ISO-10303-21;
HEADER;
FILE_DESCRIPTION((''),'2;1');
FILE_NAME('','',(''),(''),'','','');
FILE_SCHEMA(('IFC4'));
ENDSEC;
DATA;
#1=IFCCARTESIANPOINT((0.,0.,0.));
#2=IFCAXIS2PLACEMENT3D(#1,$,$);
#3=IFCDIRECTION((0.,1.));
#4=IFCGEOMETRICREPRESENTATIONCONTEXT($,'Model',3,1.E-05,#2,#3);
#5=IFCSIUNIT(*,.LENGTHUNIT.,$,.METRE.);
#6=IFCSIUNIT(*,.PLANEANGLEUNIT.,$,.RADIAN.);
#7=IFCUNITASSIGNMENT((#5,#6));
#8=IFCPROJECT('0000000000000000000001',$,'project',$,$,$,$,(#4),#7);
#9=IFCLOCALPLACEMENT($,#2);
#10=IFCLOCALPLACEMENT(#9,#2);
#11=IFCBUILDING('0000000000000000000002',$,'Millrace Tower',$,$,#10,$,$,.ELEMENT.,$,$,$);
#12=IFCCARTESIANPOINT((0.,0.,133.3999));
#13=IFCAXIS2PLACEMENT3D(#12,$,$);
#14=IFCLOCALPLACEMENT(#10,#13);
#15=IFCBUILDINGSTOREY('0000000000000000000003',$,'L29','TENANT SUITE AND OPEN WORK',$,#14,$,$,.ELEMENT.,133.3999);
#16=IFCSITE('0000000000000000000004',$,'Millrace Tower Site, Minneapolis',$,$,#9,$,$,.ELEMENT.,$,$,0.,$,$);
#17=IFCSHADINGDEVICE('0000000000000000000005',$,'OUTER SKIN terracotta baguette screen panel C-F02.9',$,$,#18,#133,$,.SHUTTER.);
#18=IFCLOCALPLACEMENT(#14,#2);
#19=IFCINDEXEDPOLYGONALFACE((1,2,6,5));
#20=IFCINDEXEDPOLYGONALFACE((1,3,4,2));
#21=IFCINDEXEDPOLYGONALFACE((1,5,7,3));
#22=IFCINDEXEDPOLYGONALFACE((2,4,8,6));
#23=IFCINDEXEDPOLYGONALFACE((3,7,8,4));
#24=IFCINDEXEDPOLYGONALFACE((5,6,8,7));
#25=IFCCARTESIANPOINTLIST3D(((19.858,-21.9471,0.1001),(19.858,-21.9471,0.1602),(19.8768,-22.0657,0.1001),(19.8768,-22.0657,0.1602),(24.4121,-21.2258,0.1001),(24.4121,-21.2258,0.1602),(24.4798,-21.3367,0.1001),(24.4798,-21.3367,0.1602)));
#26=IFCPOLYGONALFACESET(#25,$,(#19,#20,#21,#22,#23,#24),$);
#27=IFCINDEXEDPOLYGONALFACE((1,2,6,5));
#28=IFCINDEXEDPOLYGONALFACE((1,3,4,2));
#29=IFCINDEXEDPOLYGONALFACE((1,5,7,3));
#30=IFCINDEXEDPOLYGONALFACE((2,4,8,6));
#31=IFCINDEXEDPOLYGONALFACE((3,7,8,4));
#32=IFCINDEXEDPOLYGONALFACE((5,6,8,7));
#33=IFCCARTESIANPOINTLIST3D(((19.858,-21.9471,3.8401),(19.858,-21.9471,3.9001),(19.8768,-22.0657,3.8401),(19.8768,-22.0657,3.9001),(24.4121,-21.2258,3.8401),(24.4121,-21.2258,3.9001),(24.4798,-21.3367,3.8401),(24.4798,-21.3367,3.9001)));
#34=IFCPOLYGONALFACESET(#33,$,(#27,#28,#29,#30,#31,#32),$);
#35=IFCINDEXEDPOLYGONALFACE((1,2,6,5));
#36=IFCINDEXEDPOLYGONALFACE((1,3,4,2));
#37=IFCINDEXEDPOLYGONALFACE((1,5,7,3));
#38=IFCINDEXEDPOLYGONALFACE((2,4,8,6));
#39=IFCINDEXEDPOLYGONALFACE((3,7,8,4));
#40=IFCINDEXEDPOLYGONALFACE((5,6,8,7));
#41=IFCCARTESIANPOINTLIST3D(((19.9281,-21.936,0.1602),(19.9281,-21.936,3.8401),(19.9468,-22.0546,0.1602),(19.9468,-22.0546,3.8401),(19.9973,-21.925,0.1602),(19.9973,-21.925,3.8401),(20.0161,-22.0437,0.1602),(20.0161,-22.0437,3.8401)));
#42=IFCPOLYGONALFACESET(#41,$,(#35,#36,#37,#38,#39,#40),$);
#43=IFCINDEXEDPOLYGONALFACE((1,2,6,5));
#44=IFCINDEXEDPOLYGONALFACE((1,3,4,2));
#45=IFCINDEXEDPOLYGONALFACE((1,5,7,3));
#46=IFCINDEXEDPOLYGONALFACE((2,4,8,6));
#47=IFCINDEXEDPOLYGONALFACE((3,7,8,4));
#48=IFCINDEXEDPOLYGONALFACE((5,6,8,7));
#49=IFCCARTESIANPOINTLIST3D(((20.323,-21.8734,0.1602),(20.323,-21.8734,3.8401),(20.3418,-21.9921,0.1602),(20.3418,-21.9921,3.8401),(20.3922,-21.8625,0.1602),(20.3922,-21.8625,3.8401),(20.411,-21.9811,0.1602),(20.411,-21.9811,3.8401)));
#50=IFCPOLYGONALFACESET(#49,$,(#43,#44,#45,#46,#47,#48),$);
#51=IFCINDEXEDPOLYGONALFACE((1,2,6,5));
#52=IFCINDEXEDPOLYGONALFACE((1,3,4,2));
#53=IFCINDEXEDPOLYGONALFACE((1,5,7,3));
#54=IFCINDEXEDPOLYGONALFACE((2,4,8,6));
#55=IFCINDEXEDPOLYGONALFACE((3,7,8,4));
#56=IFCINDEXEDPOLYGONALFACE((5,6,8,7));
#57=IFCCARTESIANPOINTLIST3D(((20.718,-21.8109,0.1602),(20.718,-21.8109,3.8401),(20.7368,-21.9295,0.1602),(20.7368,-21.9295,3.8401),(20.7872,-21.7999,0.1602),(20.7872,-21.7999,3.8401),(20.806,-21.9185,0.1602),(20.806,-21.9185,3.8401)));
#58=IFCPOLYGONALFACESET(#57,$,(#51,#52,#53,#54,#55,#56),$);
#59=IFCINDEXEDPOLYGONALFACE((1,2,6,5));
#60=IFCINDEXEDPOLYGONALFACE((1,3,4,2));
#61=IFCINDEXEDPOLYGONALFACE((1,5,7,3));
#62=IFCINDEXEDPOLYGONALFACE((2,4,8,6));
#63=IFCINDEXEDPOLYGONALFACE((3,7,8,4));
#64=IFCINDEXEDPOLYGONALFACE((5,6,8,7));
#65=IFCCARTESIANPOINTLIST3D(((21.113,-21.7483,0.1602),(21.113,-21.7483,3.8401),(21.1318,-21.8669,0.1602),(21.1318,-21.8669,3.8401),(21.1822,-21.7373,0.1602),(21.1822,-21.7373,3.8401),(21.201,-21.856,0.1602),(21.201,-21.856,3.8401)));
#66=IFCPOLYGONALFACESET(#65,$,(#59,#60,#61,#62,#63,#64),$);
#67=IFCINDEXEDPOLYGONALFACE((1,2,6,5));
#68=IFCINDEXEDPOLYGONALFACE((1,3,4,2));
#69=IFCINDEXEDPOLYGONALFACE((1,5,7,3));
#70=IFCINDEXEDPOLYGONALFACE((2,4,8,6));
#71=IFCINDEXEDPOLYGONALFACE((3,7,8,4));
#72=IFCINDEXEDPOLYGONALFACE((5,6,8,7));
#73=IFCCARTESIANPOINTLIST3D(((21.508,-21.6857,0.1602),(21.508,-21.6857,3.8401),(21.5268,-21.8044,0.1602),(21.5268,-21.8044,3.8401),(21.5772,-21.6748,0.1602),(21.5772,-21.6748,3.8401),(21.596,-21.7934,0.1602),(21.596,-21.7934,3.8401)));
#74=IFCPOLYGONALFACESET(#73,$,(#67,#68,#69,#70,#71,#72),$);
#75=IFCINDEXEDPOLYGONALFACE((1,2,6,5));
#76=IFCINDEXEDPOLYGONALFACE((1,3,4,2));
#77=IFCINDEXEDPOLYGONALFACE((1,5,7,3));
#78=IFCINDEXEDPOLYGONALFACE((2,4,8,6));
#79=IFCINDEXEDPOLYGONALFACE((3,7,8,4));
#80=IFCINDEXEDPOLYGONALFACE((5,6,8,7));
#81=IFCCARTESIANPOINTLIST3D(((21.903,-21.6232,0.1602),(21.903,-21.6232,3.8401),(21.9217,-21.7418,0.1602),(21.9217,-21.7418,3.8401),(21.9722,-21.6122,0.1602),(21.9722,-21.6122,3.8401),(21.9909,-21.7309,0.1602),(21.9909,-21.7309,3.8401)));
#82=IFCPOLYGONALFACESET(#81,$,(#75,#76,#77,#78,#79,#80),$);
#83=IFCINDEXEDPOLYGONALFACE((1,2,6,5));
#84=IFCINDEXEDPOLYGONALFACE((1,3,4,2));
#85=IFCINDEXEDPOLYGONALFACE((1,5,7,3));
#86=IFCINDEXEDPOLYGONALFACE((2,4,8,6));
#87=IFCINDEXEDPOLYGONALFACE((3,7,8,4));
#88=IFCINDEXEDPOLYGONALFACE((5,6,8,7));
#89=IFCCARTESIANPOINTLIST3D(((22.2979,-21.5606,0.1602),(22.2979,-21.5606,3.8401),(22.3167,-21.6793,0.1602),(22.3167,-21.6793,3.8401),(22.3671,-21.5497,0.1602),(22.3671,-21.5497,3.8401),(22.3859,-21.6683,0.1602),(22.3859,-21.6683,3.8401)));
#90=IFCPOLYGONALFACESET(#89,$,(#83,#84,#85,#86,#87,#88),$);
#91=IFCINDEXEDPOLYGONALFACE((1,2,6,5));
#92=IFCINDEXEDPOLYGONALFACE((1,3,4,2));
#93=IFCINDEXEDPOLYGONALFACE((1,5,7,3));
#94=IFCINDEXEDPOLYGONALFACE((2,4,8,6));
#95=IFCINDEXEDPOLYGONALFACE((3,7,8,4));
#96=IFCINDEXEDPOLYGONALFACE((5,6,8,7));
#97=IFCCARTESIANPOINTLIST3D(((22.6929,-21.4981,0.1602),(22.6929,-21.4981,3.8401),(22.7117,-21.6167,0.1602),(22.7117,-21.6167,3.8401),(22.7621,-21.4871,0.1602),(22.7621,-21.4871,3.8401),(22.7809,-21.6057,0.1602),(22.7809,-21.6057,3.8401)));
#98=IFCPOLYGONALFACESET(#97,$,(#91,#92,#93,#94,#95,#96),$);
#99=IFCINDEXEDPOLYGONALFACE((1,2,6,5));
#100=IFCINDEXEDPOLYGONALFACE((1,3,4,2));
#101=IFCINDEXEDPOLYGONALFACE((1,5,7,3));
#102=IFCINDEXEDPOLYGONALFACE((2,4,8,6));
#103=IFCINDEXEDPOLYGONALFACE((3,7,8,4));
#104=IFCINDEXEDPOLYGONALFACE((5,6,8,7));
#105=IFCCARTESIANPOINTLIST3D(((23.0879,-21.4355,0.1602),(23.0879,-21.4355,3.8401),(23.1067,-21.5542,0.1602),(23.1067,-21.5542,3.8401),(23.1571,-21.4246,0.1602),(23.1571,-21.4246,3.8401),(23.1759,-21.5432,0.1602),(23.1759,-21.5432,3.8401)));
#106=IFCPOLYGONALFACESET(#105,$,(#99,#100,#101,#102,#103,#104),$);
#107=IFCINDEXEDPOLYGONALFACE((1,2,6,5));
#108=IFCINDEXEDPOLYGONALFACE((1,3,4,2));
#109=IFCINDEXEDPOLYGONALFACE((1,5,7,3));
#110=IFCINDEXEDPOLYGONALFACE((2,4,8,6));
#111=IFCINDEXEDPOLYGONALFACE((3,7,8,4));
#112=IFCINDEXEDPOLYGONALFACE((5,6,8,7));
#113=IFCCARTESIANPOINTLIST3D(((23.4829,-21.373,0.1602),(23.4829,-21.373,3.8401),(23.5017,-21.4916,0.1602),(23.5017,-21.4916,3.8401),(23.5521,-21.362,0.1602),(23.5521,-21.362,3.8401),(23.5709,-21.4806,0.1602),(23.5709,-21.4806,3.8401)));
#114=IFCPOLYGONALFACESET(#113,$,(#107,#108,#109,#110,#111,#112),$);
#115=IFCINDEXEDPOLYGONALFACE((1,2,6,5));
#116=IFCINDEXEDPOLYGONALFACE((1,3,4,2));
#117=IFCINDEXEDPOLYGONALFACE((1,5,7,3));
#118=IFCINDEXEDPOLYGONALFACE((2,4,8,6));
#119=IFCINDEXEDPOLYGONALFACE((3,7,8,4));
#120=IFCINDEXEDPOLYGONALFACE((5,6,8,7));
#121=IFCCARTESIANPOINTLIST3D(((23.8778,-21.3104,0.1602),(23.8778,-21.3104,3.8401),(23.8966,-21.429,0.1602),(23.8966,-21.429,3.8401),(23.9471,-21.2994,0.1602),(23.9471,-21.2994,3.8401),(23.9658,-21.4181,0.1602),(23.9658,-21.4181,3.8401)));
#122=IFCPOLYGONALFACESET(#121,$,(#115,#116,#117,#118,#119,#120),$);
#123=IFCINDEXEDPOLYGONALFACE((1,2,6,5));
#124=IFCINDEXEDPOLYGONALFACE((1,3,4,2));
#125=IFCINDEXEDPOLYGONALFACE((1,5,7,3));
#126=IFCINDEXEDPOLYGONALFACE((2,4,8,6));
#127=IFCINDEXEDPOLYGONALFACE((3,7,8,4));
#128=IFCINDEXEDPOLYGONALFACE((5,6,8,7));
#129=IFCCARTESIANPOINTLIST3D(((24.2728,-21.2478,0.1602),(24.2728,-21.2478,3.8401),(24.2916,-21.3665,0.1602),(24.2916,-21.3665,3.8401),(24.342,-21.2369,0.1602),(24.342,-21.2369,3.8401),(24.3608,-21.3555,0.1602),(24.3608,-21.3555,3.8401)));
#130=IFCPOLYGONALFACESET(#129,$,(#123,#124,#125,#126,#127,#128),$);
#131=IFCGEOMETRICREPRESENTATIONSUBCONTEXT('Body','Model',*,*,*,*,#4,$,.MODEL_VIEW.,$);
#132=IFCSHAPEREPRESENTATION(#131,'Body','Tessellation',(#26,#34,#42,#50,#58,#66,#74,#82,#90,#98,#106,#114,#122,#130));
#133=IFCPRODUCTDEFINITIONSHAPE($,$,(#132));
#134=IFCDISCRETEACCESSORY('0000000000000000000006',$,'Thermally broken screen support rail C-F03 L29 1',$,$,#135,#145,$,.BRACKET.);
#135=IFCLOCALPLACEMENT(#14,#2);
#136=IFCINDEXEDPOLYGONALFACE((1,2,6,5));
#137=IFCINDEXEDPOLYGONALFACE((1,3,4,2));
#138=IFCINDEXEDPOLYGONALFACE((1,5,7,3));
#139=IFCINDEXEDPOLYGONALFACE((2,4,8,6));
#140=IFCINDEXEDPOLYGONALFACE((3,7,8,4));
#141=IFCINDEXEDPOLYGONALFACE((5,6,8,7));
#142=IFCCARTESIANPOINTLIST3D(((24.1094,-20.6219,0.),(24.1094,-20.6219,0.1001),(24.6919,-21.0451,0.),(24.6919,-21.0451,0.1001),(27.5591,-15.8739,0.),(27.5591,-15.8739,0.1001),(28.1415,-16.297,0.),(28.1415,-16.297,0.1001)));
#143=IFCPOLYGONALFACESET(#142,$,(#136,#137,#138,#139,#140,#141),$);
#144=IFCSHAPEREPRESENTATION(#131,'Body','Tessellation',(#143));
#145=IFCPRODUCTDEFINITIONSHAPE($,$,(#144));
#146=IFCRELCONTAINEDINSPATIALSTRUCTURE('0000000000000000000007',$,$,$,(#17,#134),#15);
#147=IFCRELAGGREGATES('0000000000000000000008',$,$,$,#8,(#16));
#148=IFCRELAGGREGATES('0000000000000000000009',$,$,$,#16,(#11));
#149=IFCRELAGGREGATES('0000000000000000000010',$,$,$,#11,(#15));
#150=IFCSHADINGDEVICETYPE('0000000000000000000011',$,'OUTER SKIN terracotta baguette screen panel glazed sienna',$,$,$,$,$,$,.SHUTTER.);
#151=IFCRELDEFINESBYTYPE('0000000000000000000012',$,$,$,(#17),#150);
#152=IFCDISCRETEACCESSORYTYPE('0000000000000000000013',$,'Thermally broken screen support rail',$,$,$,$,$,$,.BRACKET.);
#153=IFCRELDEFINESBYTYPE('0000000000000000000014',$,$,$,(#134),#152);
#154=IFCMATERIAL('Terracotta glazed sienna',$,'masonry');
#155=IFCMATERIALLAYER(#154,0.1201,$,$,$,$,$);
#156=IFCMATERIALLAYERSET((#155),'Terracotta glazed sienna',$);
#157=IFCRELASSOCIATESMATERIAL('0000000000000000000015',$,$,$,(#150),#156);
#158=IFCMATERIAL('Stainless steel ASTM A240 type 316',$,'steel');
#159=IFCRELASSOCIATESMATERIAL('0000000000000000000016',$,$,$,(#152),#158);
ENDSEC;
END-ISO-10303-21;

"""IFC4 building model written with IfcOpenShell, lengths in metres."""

from ifc_helpers import new_model, entity, si_unit, direction, frame, frame_2d, origin, origin_2d, place, context, subcontext, project, spatial, rectangle, extrude, source, transform, mapped, material, layer, layer_set, type_object, element, save


model = new_model("IFC4")

# Units and contexts
model_context = context("Model", 3, precision=1e-05, world=origin(), true_north=direction((0.0, 1.0)))
body_context = subcontext(model_context, "Body", "Model", "MODEL_VIEW")
ifc_project = project(units=[si_unit("LENGTHUNIT", "METRE"), si_unit("PLANEANGLEUNIT", "RADIAN")], contexts=[model_context])

# Site, building, storey
site_placement = place(None, origin())
site = spatial("IfcSite", under=ifc_project, at=site_placement, Name="Millrace Tower Site, Minneapolis", CompositionType="ELEMENT", RefElevation=0.0)
building_placement = place(site_placement, origin())
building = spatial("IfcBuilding", under=site, at=building_placement, Name="Millrace Tower", CompositionType="ELEMENT")
storey_placement = place(building_placement, frame((0.0, 0.0, 133.3999)))
storey = spatial("IfcBuildingStorey", under=building, at=storey_placement, Name="L29", Description="TENANT SUITE AND OPEN WORK", CompositionType="ELEMENT", Elevation=133.3999)

# Shading device
ifc_material_1 = material(Name="Terracotta glazed sienna", Category="masonry")
ifc_layer_1 = layer(ifc_material_1, 0.1201)
ifc_layer_set_1 = layer_set([ifc_layer_1], Name="Terracotta glazed sienna")
shading_device_type = type_object("IfcShadingDeviceType", Name="OUTER SKIN terracotta baguette screen panel glazed sienna", PredefinedType="SHUTTER", material=ifc_layer_set_1)
cartesian_point_1 = entity("IfcCartesianPoint", [-2.3179, 0.0601])
shared_polyline_1 = entity("IfcPolyline", [cartesian_point_1, entity("IfcCartesianPoint", [2.293, 0.0601]), entity("IfcCartesianPoint", [2.3425, -0.0601]), entity("IfcCartesianPoint", [-2.3179, -0.0601]), cartesian_point_1])
shared_shape_1 = source(origin(), body_context, "Body", "SweptSolid", [
    entity("IfcExtrudedAreaSolid", entity("IfcArbitraryClosedProfileDef", "AREA", None, shared_polyline_1), entity("IfcAxis2Placement3D", entity("IfcCartesianPoint", [0.0, 0.0, 0.0])), entity("IfcDirection", [0.0, 0.0, 1.0]), 0.0601),
    entity("IfcExtrudedAreaSolid", entity("IfcArbitraryClosedProfileDef", "AREA", None, shared_polyline_1), entity("IfcAxis2Placement3D", entity("IfcCartesianPoint", [0.0, 0.0, 3.74])), entity("IfcDirection", [0.0, 0.0, 1.0]), 0.0601),
    extrude(rectangle(XDim=0.0701, YDim=0.1201, at=frame_2d((-2.2119, 0.0))), frame((0.0, 0.0, 0.0601)), (0.0, 0.0, 1.0), 3.6799),
    extrude(rectangle(XDim=0.0701, YDim=0.1201, at=frame_2d((-1.812, 0.0))), frame((0.0, 0.0, 0.0601)), (0.0, 0.0, 1.0), 3.6799),
    extrude(rectangle(XDim=0.0701, YDim=0.1201, at=frame_2d((-1.4121, 0.0))), frame((0.0, 0.0, 0.0601)), (0.0, 0.0, 1.0), 3.6799),
    extrude(rectangle(XDim=0.0701, YDim=0.1201, at=frame_2d((-1.0122, 0.0))), frame((0.0, 0.0, 0.0601)), (0.0, 0.0, 1.0), 3.6799),
    extrude(rectangle(XDim=0.0701, YDim=0.1201, at=frame_2d((-0.6123, 0.0))), frame((0.0, 0.0, 0.0601)), (0.0, 0.0, 1.0), 3.6799),
    extrude(rectangle(XDim=0.0701, YDim=0.1201, at=frame_2d((-0.2124, 0.0))), frame((0.0, 0.0, 0.0601)), (0.0, 0.0, 1.0), 3.6799),
    extrude(rectangle(XDim=0.0701, YDim=0.1201, at=frame_2d((0.1875, 0.0))), frame((0.0, 0.0, 0.0601)), (0.0, 0.0, 1.0), 3.6799),
    extrude(rectangle(XDim=0.0701, YDim=0.1201, at=frame_2d((0.5874, 0.0))), frame((0.0, 0.0, 0.0601)), (0.0, 0.0, 1.0), 3.6799),
    extrude(rectangle(XDim=0.0701, YDim=0.1201, at=frame_2d((0.9873, 0.0))), frame((0.0, 0.0, 0.0601)), (0.0, 0.0, 1.0), 3.6799),
    extrude(rectangle(XDim=0.0701, YDim=0.1201, at=frame_2d((1.3872, 0.0))), frame((0.0, 0.0, 0.0601)), (0.0, 0.0, 1.0), 3.6799),
    extrude(rectangle(XDim=0.0701, YDim=0.1201, at=frame_2d((1.7871, 0.0))), frame((0.0, 0.0, 0.0601)), (0.0, 0.0, 1.0), 3.6799),
    extrude(rectangle(XDim=0.0701, YDim=0.1201, at=frame_2d((2.187, 0.0))), frame((0.0, 0.0, 0.0601)), (0.0, 0.0, 1.0), 3.6799),
])
shading_device_1_placement = place(storey_placement, frame((22.1567, -21.6438, 0.1001), z_axis=(0.0, 0.0, 1.0), x_axis=(0.987688, 0.156434, 0.0)))
element("IfcShadingDevice", 1, at=shading_device_1_placement, inside=storey, type_object=shading_device_type, Name="OUTER SKIN terracotta baguette screen panel C-F02.9", PredefinedType="SHUTTER", context=body_context, shape_type="MappedRepresentation", body=[
    mapped(shared_shape_1, transform((0.0, 0.0, 0.0), scale=1.0)),
])

# Discrete accessory
ifc_material_2 = material(Name="Stainless steel ASTM A240 type 316", Category="steel")
discrete_accessory_type = type_object("IfcDiscreteAccessoryType", Name="Thermally broken screen support rail", PredefinedType="BRACKET", material=ifc_material_2)
discrete_accessory_placement = place(storey_placement, frame((26.1255, -18.4595, 0.0), z_axis=(0.0, 0.0, 1.0), x_axis=(0.587785, 0.809017, 0.0)))
element("IfcDiscreteAccessory", 2, at=discrete_accessory_placement, inside=storey, type_object=discrete_accessory_type, Name="Thermally broken screen support rail C-F03 L29 1", PredefinedType="BRACKET", context=body_context, shape_type="SweptSolid", body=[
    extrude(rectangle(XDim=5.8689, YDim=0.72, at=origin_2d()), origin(), (0.0, 0.0, 1.0), 0.1001),
])

save(model, "model.ifc")
